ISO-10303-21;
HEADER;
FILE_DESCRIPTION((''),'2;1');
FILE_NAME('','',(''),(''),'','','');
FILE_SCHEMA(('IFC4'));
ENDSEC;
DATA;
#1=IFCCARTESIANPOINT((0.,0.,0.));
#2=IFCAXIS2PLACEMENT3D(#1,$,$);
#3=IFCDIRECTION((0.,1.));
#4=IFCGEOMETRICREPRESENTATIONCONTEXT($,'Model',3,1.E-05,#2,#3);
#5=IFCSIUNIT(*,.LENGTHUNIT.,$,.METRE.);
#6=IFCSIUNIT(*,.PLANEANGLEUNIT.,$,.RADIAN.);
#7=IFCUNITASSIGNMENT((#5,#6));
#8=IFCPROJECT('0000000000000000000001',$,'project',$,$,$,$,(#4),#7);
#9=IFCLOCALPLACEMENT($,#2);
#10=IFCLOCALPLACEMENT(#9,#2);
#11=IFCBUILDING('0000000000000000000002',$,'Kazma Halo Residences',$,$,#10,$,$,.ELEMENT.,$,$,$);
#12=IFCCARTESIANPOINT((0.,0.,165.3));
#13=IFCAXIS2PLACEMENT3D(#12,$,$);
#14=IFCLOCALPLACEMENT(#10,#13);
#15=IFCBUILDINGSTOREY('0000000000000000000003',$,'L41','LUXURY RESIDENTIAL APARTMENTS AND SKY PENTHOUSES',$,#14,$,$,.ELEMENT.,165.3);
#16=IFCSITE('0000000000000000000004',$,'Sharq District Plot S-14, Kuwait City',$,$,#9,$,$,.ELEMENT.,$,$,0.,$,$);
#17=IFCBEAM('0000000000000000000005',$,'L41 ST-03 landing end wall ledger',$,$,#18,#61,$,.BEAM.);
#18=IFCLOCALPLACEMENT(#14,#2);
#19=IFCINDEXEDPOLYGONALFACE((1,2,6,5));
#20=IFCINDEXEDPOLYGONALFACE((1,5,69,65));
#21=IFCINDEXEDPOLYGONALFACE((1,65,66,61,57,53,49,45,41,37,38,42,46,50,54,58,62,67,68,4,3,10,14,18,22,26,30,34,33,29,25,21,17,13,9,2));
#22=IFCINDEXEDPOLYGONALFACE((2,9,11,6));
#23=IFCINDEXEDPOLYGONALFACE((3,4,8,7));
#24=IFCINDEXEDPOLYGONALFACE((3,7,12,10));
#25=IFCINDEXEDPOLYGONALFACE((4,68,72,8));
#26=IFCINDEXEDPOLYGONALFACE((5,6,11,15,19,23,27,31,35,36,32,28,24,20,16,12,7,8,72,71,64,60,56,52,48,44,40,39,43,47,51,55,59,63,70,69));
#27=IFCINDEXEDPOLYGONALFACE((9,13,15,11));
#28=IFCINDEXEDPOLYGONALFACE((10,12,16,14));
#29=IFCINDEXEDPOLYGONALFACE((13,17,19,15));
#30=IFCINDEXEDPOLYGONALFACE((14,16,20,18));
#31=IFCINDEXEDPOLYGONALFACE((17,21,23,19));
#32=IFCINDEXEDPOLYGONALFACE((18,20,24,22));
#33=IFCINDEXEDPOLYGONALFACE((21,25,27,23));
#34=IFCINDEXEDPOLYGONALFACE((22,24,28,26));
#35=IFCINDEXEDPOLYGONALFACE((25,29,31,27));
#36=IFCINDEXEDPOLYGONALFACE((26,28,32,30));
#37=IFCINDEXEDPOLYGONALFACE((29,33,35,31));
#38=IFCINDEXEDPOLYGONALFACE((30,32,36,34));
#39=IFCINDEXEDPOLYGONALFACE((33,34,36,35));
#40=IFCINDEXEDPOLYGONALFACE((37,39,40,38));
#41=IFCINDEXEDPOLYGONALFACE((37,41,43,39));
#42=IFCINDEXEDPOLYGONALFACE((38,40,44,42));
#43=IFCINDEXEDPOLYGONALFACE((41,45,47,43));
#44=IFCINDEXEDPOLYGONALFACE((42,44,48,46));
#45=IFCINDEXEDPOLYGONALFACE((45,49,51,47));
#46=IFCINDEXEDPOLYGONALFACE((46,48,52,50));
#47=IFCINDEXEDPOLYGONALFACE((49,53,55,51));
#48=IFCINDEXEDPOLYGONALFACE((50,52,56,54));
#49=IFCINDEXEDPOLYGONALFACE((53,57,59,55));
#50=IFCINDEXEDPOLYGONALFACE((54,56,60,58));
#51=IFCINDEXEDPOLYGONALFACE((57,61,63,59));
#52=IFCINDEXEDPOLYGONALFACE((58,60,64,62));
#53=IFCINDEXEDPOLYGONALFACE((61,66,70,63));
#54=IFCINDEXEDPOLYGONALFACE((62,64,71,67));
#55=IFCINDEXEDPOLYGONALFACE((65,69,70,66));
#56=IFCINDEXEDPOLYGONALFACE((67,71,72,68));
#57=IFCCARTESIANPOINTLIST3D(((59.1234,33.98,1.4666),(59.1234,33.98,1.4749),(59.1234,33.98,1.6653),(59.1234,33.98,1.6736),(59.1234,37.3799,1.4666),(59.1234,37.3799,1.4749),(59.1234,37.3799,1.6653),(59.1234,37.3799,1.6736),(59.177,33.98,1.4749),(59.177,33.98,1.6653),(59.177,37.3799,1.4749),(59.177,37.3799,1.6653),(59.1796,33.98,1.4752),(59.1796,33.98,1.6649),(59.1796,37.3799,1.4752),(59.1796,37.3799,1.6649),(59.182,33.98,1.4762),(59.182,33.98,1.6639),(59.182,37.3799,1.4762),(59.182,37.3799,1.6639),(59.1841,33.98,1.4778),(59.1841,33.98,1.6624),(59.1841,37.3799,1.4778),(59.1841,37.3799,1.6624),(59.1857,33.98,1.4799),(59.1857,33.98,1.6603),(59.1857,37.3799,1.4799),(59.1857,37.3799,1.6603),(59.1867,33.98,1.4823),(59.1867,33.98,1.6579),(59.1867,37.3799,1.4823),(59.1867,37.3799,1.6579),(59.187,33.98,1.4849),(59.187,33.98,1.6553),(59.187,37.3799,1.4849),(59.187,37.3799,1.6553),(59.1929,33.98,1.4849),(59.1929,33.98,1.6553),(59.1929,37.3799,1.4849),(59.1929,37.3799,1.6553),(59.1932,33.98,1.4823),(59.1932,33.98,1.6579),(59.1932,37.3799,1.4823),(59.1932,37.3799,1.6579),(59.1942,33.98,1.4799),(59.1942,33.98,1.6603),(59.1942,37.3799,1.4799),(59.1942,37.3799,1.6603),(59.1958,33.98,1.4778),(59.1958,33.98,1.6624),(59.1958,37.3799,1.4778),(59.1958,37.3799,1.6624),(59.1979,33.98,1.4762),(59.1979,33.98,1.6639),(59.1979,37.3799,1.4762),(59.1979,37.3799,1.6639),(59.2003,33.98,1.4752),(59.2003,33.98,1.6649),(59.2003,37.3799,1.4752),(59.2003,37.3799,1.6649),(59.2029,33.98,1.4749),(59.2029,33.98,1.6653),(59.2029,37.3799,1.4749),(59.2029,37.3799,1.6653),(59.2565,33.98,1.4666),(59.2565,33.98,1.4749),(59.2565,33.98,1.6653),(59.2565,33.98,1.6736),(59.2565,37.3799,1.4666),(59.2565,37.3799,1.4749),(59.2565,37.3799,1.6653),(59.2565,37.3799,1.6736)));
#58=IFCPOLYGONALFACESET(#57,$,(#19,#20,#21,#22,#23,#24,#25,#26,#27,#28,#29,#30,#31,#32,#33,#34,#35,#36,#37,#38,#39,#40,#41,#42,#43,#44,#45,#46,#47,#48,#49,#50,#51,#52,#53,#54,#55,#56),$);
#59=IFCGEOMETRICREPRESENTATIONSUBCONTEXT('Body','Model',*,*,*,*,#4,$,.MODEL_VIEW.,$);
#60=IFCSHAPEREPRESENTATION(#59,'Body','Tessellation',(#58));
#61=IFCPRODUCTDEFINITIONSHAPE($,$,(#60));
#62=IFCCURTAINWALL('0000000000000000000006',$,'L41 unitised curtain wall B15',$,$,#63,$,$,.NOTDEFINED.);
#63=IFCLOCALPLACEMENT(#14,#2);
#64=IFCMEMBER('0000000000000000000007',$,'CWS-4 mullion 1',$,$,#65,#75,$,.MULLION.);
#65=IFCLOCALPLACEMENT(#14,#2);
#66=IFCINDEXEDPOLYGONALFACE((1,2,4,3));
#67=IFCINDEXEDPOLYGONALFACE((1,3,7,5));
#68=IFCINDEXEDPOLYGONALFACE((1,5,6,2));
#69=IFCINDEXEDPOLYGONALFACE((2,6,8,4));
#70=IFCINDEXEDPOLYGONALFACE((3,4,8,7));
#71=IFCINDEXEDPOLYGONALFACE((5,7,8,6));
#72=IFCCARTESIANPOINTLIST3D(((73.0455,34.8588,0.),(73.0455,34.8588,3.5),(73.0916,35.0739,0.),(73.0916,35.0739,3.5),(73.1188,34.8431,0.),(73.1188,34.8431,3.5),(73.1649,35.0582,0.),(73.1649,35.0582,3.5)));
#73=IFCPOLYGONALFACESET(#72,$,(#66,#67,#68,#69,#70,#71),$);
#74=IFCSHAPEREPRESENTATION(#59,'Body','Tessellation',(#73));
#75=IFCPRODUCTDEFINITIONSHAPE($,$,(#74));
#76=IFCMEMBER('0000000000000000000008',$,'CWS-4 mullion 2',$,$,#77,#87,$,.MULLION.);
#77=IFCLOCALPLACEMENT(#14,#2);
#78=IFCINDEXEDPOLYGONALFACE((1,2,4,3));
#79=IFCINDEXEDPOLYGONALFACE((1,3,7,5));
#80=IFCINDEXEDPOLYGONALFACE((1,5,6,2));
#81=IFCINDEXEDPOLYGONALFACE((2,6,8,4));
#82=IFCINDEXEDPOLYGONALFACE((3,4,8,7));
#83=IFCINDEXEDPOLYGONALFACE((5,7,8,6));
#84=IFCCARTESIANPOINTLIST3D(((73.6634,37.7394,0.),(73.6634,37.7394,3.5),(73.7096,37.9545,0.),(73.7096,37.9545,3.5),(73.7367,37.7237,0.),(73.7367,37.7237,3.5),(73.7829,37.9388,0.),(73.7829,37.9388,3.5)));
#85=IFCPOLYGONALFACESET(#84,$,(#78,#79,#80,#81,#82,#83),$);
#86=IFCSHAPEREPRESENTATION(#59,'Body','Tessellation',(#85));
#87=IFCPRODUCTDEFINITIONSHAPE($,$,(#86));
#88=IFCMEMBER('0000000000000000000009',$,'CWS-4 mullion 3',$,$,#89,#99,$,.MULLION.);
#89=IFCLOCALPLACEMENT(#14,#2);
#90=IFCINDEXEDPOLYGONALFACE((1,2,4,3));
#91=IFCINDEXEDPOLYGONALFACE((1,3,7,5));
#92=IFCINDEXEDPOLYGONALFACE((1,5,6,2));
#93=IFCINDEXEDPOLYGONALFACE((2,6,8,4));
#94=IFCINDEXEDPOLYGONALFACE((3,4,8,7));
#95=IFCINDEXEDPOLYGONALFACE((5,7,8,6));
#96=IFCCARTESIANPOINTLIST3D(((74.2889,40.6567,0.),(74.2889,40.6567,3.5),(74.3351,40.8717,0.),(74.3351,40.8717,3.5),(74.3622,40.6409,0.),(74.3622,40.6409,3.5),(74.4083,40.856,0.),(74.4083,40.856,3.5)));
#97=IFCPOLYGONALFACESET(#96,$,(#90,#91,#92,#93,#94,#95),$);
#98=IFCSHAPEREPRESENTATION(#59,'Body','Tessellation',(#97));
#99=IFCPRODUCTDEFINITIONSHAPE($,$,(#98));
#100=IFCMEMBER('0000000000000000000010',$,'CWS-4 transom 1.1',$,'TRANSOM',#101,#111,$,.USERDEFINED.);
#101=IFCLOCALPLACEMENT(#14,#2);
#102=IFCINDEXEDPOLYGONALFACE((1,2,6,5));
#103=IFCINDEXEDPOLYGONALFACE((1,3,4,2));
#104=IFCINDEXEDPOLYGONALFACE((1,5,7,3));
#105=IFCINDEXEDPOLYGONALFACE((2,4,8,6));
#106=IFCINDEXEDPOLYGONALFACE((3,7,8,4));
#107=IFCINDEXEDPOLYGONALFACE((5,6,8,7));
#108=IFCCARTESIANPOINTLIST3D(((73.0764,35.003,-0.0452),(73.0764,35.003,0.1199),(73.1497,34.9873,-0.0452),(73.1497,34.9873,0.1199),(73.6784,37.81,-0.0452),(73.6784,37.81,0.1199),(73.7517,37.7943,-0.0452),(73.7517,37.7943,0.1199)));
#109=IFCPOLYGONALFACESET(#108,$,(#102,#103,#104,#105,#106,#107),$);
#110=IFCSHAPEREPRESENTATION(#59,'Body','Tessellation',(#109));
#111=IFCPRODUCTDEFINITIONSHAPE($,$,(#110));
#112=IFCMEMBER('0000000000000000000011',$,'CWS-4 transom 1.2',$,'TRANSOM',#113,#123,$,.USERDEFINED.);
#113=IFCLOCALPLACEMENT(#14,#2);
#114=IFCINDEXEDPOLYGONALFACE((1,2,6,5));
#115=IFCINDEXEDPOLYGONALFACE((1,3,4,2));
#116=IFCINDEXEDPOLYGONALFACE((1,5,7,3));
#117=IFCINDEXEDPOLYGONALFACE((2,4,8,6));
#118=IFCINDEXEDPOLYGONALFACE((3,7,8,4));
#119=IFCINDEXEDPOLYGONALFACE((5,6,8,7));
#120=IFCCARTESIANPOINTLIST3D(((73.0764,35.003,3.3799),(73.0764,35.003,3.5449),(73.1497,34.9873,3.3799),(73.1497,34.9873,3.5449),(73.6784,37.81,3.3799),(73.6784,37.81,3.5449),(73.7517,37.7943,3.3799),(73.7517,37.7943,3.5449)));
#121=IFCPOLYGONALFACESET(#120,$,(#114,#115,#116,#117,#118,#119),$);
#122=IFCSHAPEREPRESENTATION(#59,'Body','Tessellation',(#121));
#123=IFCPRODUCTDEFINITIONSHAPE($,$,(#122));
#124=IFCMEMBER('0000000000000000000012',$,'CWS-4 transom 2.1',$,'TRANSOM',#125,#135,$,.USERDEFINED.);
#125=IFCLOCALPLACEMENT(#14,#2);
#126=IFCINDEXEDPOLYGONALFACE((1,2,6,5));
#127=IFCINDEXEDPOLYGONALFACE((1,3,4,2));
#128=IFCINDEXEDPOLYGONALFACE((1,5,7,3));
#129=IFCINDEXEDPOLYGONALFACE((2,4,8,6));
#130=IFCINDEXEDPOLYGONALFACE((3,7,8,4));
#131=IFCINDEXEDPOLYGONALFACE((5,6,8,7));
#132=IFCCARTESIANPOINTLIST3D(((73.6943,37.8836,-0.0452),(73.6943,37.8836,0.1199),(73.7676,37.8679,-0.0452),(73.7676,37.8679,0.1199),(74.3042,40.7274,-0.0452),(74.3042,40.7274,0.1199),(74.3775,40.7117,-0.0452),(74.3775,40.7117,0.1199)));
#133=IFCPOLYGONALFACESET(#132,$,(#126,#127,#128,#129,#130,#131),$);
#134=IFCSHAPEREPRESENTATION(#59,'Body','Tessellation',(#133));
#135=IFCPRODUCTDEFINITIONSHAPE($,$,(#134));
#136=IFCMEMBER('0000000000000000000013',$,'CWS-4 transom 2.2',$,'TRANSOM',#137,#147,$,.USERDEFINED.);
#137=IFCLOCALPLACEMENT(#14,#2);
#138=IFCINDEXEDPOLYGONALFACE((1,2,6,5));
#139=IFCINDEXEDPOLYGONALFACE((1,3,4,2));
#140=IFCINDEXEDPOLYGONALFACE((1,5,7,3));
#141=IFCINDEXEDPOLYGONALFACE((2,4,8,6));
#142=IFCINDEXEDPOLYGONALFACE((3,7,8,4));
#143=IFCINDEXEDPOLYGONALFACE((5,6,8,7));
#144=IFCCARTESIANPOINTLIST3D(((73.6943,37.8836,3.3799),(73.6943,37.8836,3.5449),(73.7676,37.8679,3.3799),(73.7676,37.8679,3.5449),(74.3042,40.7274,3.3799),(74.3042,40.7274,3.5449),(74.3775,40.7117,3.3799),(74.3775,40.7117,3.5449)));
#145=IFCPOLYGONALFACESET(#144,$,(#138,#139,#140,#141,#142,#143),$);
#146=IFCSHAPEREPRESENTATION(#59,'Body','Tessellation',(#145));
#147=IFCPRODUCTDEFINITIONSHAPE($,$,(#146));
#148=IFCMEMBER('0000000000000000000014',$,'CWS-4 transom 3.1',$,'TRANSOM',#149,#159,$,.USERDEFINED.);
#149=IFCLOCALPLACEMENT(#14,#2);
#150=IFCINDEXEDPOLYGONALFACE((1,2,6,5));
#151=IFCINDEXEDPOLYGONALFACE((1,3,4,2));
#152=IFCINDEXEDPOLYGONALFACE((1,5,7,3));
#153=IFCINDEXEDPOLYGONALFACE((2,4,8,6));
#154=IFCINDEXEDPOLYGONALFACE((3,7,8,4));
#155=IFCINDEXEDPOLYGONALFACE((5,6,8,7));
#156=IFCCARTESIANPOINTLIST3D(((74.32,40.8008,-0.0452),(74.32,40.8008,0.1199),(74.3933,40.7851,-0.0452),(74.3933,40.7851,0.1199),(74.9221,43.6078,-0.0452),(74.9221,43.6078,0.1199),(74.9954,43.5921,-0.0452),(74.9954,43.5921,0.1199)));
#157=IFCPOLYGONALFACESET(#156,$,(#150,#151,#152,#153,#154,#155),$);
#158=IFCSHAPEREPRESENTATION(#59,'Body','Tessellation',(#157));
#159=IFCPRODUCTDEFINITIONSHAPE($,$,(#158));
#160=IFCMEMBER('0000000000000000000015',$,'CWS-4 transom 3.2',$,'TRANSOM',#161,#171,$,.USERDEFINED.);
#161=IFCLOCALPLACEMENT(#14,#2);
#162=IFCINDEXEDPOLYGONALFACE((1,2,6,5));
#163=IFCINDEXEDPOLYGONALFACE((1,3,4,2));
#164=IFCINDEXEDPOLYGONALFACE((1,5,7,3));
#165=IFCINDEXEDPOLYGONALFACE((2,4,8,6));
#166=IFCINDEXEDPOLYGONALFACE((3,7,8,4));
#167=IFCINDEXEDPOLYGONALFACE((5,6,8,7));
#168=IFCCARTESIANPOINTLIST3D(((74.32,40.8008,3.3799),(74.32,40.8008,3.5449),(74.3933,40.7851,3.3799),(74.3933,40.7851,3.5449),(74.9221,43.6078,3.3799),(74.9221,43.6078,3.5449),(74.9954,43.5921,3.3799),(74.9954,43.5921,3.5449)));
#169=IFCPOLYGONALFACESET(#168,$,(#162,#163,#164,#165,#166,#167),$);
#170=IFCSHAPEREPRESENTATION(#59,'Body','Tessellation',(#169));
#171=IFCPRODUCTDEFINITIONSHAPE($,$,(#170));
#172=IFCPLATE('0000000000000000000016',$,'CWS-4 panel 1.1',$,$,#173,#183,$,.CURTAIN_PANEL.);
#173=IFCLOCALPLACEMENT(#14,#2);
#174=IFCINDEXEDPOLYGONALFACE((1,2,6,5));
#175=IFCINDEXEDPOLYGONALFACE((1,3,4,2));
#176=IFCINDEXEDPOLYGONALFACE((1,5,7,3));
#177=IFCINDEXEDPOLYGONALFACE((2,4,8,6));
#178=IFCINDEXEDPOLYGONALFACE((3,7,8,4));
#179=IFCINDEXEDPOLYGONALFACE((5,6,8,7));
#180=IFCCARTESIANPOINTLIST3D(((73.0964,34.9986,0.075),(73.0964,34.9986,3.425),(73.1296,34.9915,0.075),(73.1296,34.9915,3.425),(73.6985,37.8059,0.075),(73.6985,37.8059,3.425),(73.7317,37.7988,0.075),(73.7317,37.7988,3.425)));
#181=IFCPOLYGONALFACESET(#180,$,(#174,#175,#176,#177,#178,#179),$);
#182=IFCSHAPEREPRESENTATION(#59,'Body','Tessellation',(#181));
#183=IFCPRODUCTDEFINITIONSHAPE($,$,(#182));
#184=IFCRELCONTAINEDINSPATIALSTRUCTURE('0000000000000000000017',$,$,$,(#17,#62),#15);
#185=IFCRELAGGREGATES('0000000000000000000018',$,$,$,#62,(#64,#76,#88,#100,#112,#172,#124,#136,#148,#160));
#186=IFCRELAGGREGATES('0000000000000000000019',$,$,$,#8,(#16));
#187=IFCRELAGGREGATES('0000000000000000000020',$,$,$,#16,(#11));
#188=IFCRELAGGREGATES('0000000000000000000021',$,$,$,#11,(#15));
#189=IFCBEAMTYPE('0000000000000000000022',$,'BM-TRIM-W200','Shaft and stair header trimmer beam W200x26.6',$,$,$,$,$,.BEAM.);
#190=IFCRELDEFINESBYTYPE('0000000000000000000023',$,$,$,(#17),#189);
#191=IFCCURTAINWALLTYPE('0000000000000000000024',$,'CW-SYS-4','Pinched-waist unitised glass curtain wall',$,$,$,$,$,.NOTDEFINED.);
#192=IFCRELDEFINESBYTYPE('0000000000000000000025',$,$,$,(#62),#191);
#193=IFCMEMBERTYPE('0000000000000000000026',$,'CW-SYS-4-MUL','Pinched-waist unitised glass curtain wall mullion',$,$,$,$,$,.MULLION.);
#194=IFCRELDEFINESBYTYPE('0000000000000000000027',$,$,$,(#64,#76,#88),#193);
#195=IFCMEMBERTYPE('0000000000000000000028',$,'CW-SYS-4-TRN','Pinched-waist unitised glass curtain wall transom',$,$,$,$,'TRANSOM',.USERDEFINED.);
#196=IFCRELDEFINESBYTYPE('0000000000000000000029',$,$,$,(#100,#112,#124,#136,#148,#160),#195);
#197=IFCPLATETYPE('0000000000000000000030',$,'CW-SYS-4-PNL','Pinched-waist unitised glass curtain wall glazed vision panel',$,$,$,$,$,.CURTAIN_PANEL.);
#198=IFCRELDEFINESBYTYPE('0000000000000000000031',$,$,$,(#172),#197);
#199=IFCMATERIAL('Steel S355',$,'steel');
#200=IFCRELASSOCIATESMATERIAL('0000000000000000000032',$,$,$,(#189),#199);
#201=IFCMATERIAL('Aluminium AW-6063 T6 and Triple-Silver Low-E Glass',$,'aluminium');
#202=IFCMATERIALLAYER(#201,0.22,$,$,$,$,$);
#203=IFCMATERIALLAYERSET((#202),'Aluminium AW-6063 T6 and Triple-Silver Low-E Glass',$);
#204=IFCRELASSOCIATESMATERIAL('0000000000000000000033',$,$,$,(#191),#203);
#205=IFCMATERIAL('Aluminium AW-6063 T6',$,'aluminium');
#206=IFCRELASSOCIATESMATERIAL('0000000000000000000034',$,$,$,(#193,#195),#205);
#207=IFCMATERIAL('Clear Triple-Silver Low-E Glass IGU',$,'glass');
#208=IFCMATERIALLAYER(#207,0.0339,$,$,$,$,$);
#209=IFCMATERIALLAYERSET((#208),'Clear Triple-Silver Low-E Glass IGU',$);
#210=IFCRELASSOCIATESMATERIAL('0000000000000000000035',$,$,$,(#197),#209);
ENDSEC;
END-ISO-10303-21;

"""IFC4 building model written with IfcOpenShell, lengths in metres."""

from ifc_helpers import new_model, si_unit, direction, frame, origin, origin_2d, place, context, subcontext, project, spatial, rectangle, i_section, extrude, material, layer, layer_set, material_profile, profile_set, type_object, element, aggregate, save


model = new_model("IFC4")

# Units and contexts
model_context = context("Model", 3, precision=1e-05, world=origin(), true_north=direction((0.0, 1.0)))
body_context = subcontext(model_context, "Body", "Model", "MODEL_VIEW")
ifc_project = project(units=[si_unit("LENGTHUNIT", "METRE"), si_unit("PLANEANGLEUNIT", "RADIAN")], contexts=[model_context])

# Site, building, storey
site_placement = place(None, origin())
site = spatial("IfcSite", under=ifc_project, at=site_placement, Name="Sharq District Plot S-14, Kuwait City", CompositionType="ELEMENT", RefElevation=0.0)
building_placement = place(site_placement, origin())
building = spatial("IfcBuilding", under=site, at=building_placement, Name="Kazma Halo Residences", CompositionType="ELEMENT")
storey_placement = place(building_placement, frame((0.0, 0.0, 165.3)))
storey = spatial("IfcBuildingStorey", under=building, at=storey_placement, Name="L41", Description="LUXURY RESIDENTIAL APARTMENTS AND SKY PENTHOUSES", CompositionType="ELEMENT", Elevation=165.3)

# Beam
ifc_material_1 = material(Name="Steel S355", Category="steel")
ifc_material_profile_1 = material_profile(ifc_material_1, i_section(OverallWidth=0.1331, OverallDepth=0.207, WebThickness=0.0059, FlangeThickness=0.0083, FilletRadius=0.01, at=origin_2d()), Name="W200x26.6")
ifc_profile_set_1 = profile_set([ifc_material_profile_1], Name="Steel S355")
beam_type_1 = type_object("IfcBeamType", Name="BM-TRIM-W200", Description="Shaft and stair header trimmer beam W200x26.6", PredefinedType="BEAM", material=ifc_profile_set_1)
beam_1_placement = place(storey_placement, frame((59.1899, 33.98, 1.5701), z_axis=(0.0, 1.0, 0.0), x_axis=(-1.0, 0.0, 0.0)))
element("IfcBeam", 1, at=beam_1_placement, inside=storey, type_object=beam_type_1, Name="L41 ST-03 landing end wall ledger", PredefinedType="BEAM", context=body_context, shape_type="SweptSolid", body=[
    extrude(i_section(OverallWidth=0.1331, OverallDepth=0.207, WebThickness=0.0059, FlangeThickness=0.0083, FilletRadius=0.01, at=origin_2d()), origin(), (0.0, 0.0, 1.0), 3.3999),
])

# Curtain wall, members, plate
ifc_material_2 = material(Name="Aluminium AW-6063 T6 and Triple-Silver Low-E Glass", Category="aluminium")
ifc_layer_1 = layer(ifc_material_2, 0.22)
ifc_layer_set_1 = layer_set([ifc_layer_1], Name="Aluminium AW-6063 T6 and Triple-Silver Low-E Glass")
curtain_wall_type = type_object("IfcCurtainWallType", Name="CW-SYS-4", Description="Pinched-waist unitised glass curtain wall", PredefinedType="NOTDEFINED", material=ifc_layer_set_1)
curtain_wall_placement = place(storey_placement, origin())
curtain_wall = element("IfcCurtainWall", 2, at=curtain_wall_placement, inside=storey, type_object=curtain_wall_type, Name="L41 unitised curtain wall B15", PredefinedType="NOTDEFINED")
ifc_material_3 = material(Name="Aluminium AW-6063 T6", Category="aluminium")
ifc_material_profile_2 = material_profile(ifc_material_3, rectangle(XDim=0.075, YDim=0.22, at=origin_2d()), Name="CWM-75x220")
ifc_profile_set_2 = profile_set([ifc_material_profile_2], Name="Aluminium AW-6063 T6")
member_type_1 = type_object("IfcMemberType", Name="CW-SYS-4-MUL", Description="Pinched-waist unitised glass curtain wall mullion", PredefinedType="MULLION", material=ifc_profile_set_2)
member_1_placement = place(storey_placement, frame((73.1052, 34.9585, 0.0), z_axis=(0.0, 0.0, 1.0), x_axis=(-0.977765, 0.209704, 0.0)))
member_1 = element("IfcMember", 3, at=member_1_placement, type_object=member_type_1, Name="CWS-4 mullion 1", PredefinedType="MULLION", context=body_context, shape_type="SweptSolid", body=[
    extrude(rectangle(XDim=0.075, YDim=0.22, at=origin_2d()), origin(), (0.0, 0.0, 1.0), 3.5),
])
member_2_placement = place(storey_placement, frame((73.7231, 37.8391, 0.0), z_axis=(0.0, 0.0, 1.0), x_axis=(-0.977765, 0.209704, 0.0)))
member_2 = element("IfcMember", 4, at=member_2_placement, type_object=member_type_1, Name="CWS-4 mullion 2", PredefinedType="MULLION", context=body_context, shape_type="SweptSolid", body=[
    extrude(rectangle(XDim=0.075, YDim=0.22, at=origin_2d()), origin(), (0.0, 0.0, 1.0), 3.5),
])
member_3_placement = place(storey_placement, frame((74.3486, 40.7563, 0.0), z_axis=(0.0, 0.0, 1.0), x_axis=(-0.977765, 0.209704, 0.0)))
member_3 = element("IfcMember", 5, at=member_3_placement, type_object=member_type_1, Name="CWS-4 mullion 3", PredefinedType="MULLION", context=body_context, shape_type="SweptSolid", body=[
    extrude(rectangle(XDim=0.075, YDim=0.22, at=origin_2d()), origin(), (0.0, 0.0, 1.0), 3.5),
])
ifc_material_profile_3 = material_profile(ifc_material_3, rectangle(XDim=0.075, YDim=0.165, at=origin_2d()), Name="CWT-75x165")
ifc_profile_set_3 = profile_set([ifc_material_profile_3], Name="Aluminium AW-6063 T6")
member_type_2 = type_object("IfcMemberType", Name="CW-SYS-4-TRN", Description="Pinched-waist unitised glass curtain wall transom", ElementType="TRANSOM", PredefinedType="USERDEFINED", material=ifc_profile_set_3)
member_4_placement = place(storey_placement, frame((73.113, 34.9951, 0.0374), z_axis=(0.209703, 0.977765, 0.0), x_axis=(-0.977765, 0.209703, 0.0)))
member_4 = element("IfcMember", 6, at=member_4_placement, type_object=member_type_2, Name="CWS-4 transom 1.1", ObjectType="TRANSOM", PredefinedType="USERDEFINED", context=body_context, shape_type="SweptSolid", body=[
    extrude(rectangle(XDim=0.075, YDim=0.165, at=origin_2d()), origin(), (0.0, 0.0, 1.0), 2.8708),
])
member_5_placement = place(storey_placement, frame((73.113, 34.9951, 3.4624), z_axis=(0.209703, 0.977765, 0.0), x_axis=(-0.977765, 0.209703, 0.0)))
member_5 = element("IfcMember", 7, at=member_5_placement, type_object=member_type_2, Name="CWS-4 transom 1.2", ObjectType="TRANSOM", PredefinedType="USERDEFINED", context=body_context, shape_type="SweptSolid", body=[
    extrude(rectangle(XDim=0.075, YDim=0.165, at=origin_2d()), origin(), (0.0, 0.0, 1.0), 2.8708),
])
member_6_placement = place(storey_placement, frame((73.731, 37.8757, 0.0374), z_axis=(0.20969, 0.977768, 0.0), x_axis=(-0.977768, 0.20969, 0.0)))
member_6 = element("IfcMember", 8, at=member_6_placement, type_object=member_type_2, Name="CWS-4 transom 2.1", ObjectType="TRANSOM", PredefinedType="USERDEFINED", context=body_context, shape_type="SweptSolid", body=[
    extrude(rectangle(XDim=0.075, YDim=0.165, at=origin_2d()), origin(), (0.0, 0.0, 1.0), 2.9084),
])
member_7_placement = place(storey_placement, frame((73.731, 37.8757, 3.4624), z_axis=(0.20969, 0.977768, 0.0), x_axis=(-0.977768, 0.20969, 0.0)))
member_7 = element("IfcMember", 9, at=member_7_placement, type_object=member_type_2, Name="CWS-4 transom 2.2", ObjectType="TRANSOM", PredefinedType="USERDEFINED", context=body_context, shape_type="SweptSolid", body=[
    extrude(rectangle(XDim=0.075, YDim=0.165, at=origin_2d()), origin(), (0.0, 0.0, 1.0), 2.9084),
])
member_8_placement = place(storey_placement, frame((74.3567, 40.793, 0.0374), z_axis=(0.209703, 0.977765, 0.0), x_axis=(-0.977765, 0.209703, 0.0)))
member_8 = element("IfcMember", 10, at=member_8_placement, type_object=member_type_2, Name="CWS-4 transom 3.1", ObjectType="TRANSOM", PredefinedType="USERDEFINED", context=body_context, shape_type="SweptSolid", body=[
    extrude(rectangle(XDim=0.075, YDim=0.165, at=origin_2d()), origin(), (0.0, 0.0, 1.0), 2.8708),
])
member_9_placement = place(storey_placement, frame((74.3567, 40.793, 3.4624), z_axis=(0.209703, 0.977765, 0.0), x_axis=(-0.977765, 0.209703, 0.0)))
member_9 = element("IfcMember", 11, at=member_9_placement, type_object=member_type_2, Name="CWS-4 transom 3.2", ObjectType="TRANSOM", PredefinedType="USERDEFINED", context=body_context, shape_type="SweptSolid", body=[
    extrude(rectangle(XDim=0.075, YDim=0.165, at=origin_2d()), origin(), (0.0, 0.0, 1.0), 2.8708),
])
ifc_material_4 = material(Name="Clear Triple-Silver Low-E Glass IGU", Category="glass")
ifc_layer_2 = layer(ifc_material_4, 0.0339)
ifc_layer_set_2 = layer_set([ifc_layer_2], Name="Clear Triple-Silver Low-E Glass IGU")
plate_type = type_object("IfcPlateType", Name="CW-SYS-4-PNL", Description="Pinched-waist unitised glass curtain wall glazed vision panel", PredefinedType="CURTAIN_PANEL", material=ifc_layer_set_2)
plate_1_placement = place(storey_placement, frame((73.4141, 36.3987, 0.075), z_axis=(0.0, 0.0, 1.0), x_axis=(0.209704, 0.977765, 0.0)))
plate_1 = element("IfcPlate", 12, at=plate_1_placement, type_object=plate_type, Name="CWS-4 panel 1.1", PredefinedType="CURTAIN_PANEL", context=body_context, shape_type="SweptSolid", body=[
    extrude(rectangle(XDim=2.8711, YDim=0.0339, at=origin_2d()), origin(), (0.0, 0.0, 1.0), 3.3501),
])
aggregate(curtain_wall, [member_1, member_2, member_3, member_4, member_5, plate_1, member_6, member_7, member_8, member_9])

save(model, "model.ifc")
